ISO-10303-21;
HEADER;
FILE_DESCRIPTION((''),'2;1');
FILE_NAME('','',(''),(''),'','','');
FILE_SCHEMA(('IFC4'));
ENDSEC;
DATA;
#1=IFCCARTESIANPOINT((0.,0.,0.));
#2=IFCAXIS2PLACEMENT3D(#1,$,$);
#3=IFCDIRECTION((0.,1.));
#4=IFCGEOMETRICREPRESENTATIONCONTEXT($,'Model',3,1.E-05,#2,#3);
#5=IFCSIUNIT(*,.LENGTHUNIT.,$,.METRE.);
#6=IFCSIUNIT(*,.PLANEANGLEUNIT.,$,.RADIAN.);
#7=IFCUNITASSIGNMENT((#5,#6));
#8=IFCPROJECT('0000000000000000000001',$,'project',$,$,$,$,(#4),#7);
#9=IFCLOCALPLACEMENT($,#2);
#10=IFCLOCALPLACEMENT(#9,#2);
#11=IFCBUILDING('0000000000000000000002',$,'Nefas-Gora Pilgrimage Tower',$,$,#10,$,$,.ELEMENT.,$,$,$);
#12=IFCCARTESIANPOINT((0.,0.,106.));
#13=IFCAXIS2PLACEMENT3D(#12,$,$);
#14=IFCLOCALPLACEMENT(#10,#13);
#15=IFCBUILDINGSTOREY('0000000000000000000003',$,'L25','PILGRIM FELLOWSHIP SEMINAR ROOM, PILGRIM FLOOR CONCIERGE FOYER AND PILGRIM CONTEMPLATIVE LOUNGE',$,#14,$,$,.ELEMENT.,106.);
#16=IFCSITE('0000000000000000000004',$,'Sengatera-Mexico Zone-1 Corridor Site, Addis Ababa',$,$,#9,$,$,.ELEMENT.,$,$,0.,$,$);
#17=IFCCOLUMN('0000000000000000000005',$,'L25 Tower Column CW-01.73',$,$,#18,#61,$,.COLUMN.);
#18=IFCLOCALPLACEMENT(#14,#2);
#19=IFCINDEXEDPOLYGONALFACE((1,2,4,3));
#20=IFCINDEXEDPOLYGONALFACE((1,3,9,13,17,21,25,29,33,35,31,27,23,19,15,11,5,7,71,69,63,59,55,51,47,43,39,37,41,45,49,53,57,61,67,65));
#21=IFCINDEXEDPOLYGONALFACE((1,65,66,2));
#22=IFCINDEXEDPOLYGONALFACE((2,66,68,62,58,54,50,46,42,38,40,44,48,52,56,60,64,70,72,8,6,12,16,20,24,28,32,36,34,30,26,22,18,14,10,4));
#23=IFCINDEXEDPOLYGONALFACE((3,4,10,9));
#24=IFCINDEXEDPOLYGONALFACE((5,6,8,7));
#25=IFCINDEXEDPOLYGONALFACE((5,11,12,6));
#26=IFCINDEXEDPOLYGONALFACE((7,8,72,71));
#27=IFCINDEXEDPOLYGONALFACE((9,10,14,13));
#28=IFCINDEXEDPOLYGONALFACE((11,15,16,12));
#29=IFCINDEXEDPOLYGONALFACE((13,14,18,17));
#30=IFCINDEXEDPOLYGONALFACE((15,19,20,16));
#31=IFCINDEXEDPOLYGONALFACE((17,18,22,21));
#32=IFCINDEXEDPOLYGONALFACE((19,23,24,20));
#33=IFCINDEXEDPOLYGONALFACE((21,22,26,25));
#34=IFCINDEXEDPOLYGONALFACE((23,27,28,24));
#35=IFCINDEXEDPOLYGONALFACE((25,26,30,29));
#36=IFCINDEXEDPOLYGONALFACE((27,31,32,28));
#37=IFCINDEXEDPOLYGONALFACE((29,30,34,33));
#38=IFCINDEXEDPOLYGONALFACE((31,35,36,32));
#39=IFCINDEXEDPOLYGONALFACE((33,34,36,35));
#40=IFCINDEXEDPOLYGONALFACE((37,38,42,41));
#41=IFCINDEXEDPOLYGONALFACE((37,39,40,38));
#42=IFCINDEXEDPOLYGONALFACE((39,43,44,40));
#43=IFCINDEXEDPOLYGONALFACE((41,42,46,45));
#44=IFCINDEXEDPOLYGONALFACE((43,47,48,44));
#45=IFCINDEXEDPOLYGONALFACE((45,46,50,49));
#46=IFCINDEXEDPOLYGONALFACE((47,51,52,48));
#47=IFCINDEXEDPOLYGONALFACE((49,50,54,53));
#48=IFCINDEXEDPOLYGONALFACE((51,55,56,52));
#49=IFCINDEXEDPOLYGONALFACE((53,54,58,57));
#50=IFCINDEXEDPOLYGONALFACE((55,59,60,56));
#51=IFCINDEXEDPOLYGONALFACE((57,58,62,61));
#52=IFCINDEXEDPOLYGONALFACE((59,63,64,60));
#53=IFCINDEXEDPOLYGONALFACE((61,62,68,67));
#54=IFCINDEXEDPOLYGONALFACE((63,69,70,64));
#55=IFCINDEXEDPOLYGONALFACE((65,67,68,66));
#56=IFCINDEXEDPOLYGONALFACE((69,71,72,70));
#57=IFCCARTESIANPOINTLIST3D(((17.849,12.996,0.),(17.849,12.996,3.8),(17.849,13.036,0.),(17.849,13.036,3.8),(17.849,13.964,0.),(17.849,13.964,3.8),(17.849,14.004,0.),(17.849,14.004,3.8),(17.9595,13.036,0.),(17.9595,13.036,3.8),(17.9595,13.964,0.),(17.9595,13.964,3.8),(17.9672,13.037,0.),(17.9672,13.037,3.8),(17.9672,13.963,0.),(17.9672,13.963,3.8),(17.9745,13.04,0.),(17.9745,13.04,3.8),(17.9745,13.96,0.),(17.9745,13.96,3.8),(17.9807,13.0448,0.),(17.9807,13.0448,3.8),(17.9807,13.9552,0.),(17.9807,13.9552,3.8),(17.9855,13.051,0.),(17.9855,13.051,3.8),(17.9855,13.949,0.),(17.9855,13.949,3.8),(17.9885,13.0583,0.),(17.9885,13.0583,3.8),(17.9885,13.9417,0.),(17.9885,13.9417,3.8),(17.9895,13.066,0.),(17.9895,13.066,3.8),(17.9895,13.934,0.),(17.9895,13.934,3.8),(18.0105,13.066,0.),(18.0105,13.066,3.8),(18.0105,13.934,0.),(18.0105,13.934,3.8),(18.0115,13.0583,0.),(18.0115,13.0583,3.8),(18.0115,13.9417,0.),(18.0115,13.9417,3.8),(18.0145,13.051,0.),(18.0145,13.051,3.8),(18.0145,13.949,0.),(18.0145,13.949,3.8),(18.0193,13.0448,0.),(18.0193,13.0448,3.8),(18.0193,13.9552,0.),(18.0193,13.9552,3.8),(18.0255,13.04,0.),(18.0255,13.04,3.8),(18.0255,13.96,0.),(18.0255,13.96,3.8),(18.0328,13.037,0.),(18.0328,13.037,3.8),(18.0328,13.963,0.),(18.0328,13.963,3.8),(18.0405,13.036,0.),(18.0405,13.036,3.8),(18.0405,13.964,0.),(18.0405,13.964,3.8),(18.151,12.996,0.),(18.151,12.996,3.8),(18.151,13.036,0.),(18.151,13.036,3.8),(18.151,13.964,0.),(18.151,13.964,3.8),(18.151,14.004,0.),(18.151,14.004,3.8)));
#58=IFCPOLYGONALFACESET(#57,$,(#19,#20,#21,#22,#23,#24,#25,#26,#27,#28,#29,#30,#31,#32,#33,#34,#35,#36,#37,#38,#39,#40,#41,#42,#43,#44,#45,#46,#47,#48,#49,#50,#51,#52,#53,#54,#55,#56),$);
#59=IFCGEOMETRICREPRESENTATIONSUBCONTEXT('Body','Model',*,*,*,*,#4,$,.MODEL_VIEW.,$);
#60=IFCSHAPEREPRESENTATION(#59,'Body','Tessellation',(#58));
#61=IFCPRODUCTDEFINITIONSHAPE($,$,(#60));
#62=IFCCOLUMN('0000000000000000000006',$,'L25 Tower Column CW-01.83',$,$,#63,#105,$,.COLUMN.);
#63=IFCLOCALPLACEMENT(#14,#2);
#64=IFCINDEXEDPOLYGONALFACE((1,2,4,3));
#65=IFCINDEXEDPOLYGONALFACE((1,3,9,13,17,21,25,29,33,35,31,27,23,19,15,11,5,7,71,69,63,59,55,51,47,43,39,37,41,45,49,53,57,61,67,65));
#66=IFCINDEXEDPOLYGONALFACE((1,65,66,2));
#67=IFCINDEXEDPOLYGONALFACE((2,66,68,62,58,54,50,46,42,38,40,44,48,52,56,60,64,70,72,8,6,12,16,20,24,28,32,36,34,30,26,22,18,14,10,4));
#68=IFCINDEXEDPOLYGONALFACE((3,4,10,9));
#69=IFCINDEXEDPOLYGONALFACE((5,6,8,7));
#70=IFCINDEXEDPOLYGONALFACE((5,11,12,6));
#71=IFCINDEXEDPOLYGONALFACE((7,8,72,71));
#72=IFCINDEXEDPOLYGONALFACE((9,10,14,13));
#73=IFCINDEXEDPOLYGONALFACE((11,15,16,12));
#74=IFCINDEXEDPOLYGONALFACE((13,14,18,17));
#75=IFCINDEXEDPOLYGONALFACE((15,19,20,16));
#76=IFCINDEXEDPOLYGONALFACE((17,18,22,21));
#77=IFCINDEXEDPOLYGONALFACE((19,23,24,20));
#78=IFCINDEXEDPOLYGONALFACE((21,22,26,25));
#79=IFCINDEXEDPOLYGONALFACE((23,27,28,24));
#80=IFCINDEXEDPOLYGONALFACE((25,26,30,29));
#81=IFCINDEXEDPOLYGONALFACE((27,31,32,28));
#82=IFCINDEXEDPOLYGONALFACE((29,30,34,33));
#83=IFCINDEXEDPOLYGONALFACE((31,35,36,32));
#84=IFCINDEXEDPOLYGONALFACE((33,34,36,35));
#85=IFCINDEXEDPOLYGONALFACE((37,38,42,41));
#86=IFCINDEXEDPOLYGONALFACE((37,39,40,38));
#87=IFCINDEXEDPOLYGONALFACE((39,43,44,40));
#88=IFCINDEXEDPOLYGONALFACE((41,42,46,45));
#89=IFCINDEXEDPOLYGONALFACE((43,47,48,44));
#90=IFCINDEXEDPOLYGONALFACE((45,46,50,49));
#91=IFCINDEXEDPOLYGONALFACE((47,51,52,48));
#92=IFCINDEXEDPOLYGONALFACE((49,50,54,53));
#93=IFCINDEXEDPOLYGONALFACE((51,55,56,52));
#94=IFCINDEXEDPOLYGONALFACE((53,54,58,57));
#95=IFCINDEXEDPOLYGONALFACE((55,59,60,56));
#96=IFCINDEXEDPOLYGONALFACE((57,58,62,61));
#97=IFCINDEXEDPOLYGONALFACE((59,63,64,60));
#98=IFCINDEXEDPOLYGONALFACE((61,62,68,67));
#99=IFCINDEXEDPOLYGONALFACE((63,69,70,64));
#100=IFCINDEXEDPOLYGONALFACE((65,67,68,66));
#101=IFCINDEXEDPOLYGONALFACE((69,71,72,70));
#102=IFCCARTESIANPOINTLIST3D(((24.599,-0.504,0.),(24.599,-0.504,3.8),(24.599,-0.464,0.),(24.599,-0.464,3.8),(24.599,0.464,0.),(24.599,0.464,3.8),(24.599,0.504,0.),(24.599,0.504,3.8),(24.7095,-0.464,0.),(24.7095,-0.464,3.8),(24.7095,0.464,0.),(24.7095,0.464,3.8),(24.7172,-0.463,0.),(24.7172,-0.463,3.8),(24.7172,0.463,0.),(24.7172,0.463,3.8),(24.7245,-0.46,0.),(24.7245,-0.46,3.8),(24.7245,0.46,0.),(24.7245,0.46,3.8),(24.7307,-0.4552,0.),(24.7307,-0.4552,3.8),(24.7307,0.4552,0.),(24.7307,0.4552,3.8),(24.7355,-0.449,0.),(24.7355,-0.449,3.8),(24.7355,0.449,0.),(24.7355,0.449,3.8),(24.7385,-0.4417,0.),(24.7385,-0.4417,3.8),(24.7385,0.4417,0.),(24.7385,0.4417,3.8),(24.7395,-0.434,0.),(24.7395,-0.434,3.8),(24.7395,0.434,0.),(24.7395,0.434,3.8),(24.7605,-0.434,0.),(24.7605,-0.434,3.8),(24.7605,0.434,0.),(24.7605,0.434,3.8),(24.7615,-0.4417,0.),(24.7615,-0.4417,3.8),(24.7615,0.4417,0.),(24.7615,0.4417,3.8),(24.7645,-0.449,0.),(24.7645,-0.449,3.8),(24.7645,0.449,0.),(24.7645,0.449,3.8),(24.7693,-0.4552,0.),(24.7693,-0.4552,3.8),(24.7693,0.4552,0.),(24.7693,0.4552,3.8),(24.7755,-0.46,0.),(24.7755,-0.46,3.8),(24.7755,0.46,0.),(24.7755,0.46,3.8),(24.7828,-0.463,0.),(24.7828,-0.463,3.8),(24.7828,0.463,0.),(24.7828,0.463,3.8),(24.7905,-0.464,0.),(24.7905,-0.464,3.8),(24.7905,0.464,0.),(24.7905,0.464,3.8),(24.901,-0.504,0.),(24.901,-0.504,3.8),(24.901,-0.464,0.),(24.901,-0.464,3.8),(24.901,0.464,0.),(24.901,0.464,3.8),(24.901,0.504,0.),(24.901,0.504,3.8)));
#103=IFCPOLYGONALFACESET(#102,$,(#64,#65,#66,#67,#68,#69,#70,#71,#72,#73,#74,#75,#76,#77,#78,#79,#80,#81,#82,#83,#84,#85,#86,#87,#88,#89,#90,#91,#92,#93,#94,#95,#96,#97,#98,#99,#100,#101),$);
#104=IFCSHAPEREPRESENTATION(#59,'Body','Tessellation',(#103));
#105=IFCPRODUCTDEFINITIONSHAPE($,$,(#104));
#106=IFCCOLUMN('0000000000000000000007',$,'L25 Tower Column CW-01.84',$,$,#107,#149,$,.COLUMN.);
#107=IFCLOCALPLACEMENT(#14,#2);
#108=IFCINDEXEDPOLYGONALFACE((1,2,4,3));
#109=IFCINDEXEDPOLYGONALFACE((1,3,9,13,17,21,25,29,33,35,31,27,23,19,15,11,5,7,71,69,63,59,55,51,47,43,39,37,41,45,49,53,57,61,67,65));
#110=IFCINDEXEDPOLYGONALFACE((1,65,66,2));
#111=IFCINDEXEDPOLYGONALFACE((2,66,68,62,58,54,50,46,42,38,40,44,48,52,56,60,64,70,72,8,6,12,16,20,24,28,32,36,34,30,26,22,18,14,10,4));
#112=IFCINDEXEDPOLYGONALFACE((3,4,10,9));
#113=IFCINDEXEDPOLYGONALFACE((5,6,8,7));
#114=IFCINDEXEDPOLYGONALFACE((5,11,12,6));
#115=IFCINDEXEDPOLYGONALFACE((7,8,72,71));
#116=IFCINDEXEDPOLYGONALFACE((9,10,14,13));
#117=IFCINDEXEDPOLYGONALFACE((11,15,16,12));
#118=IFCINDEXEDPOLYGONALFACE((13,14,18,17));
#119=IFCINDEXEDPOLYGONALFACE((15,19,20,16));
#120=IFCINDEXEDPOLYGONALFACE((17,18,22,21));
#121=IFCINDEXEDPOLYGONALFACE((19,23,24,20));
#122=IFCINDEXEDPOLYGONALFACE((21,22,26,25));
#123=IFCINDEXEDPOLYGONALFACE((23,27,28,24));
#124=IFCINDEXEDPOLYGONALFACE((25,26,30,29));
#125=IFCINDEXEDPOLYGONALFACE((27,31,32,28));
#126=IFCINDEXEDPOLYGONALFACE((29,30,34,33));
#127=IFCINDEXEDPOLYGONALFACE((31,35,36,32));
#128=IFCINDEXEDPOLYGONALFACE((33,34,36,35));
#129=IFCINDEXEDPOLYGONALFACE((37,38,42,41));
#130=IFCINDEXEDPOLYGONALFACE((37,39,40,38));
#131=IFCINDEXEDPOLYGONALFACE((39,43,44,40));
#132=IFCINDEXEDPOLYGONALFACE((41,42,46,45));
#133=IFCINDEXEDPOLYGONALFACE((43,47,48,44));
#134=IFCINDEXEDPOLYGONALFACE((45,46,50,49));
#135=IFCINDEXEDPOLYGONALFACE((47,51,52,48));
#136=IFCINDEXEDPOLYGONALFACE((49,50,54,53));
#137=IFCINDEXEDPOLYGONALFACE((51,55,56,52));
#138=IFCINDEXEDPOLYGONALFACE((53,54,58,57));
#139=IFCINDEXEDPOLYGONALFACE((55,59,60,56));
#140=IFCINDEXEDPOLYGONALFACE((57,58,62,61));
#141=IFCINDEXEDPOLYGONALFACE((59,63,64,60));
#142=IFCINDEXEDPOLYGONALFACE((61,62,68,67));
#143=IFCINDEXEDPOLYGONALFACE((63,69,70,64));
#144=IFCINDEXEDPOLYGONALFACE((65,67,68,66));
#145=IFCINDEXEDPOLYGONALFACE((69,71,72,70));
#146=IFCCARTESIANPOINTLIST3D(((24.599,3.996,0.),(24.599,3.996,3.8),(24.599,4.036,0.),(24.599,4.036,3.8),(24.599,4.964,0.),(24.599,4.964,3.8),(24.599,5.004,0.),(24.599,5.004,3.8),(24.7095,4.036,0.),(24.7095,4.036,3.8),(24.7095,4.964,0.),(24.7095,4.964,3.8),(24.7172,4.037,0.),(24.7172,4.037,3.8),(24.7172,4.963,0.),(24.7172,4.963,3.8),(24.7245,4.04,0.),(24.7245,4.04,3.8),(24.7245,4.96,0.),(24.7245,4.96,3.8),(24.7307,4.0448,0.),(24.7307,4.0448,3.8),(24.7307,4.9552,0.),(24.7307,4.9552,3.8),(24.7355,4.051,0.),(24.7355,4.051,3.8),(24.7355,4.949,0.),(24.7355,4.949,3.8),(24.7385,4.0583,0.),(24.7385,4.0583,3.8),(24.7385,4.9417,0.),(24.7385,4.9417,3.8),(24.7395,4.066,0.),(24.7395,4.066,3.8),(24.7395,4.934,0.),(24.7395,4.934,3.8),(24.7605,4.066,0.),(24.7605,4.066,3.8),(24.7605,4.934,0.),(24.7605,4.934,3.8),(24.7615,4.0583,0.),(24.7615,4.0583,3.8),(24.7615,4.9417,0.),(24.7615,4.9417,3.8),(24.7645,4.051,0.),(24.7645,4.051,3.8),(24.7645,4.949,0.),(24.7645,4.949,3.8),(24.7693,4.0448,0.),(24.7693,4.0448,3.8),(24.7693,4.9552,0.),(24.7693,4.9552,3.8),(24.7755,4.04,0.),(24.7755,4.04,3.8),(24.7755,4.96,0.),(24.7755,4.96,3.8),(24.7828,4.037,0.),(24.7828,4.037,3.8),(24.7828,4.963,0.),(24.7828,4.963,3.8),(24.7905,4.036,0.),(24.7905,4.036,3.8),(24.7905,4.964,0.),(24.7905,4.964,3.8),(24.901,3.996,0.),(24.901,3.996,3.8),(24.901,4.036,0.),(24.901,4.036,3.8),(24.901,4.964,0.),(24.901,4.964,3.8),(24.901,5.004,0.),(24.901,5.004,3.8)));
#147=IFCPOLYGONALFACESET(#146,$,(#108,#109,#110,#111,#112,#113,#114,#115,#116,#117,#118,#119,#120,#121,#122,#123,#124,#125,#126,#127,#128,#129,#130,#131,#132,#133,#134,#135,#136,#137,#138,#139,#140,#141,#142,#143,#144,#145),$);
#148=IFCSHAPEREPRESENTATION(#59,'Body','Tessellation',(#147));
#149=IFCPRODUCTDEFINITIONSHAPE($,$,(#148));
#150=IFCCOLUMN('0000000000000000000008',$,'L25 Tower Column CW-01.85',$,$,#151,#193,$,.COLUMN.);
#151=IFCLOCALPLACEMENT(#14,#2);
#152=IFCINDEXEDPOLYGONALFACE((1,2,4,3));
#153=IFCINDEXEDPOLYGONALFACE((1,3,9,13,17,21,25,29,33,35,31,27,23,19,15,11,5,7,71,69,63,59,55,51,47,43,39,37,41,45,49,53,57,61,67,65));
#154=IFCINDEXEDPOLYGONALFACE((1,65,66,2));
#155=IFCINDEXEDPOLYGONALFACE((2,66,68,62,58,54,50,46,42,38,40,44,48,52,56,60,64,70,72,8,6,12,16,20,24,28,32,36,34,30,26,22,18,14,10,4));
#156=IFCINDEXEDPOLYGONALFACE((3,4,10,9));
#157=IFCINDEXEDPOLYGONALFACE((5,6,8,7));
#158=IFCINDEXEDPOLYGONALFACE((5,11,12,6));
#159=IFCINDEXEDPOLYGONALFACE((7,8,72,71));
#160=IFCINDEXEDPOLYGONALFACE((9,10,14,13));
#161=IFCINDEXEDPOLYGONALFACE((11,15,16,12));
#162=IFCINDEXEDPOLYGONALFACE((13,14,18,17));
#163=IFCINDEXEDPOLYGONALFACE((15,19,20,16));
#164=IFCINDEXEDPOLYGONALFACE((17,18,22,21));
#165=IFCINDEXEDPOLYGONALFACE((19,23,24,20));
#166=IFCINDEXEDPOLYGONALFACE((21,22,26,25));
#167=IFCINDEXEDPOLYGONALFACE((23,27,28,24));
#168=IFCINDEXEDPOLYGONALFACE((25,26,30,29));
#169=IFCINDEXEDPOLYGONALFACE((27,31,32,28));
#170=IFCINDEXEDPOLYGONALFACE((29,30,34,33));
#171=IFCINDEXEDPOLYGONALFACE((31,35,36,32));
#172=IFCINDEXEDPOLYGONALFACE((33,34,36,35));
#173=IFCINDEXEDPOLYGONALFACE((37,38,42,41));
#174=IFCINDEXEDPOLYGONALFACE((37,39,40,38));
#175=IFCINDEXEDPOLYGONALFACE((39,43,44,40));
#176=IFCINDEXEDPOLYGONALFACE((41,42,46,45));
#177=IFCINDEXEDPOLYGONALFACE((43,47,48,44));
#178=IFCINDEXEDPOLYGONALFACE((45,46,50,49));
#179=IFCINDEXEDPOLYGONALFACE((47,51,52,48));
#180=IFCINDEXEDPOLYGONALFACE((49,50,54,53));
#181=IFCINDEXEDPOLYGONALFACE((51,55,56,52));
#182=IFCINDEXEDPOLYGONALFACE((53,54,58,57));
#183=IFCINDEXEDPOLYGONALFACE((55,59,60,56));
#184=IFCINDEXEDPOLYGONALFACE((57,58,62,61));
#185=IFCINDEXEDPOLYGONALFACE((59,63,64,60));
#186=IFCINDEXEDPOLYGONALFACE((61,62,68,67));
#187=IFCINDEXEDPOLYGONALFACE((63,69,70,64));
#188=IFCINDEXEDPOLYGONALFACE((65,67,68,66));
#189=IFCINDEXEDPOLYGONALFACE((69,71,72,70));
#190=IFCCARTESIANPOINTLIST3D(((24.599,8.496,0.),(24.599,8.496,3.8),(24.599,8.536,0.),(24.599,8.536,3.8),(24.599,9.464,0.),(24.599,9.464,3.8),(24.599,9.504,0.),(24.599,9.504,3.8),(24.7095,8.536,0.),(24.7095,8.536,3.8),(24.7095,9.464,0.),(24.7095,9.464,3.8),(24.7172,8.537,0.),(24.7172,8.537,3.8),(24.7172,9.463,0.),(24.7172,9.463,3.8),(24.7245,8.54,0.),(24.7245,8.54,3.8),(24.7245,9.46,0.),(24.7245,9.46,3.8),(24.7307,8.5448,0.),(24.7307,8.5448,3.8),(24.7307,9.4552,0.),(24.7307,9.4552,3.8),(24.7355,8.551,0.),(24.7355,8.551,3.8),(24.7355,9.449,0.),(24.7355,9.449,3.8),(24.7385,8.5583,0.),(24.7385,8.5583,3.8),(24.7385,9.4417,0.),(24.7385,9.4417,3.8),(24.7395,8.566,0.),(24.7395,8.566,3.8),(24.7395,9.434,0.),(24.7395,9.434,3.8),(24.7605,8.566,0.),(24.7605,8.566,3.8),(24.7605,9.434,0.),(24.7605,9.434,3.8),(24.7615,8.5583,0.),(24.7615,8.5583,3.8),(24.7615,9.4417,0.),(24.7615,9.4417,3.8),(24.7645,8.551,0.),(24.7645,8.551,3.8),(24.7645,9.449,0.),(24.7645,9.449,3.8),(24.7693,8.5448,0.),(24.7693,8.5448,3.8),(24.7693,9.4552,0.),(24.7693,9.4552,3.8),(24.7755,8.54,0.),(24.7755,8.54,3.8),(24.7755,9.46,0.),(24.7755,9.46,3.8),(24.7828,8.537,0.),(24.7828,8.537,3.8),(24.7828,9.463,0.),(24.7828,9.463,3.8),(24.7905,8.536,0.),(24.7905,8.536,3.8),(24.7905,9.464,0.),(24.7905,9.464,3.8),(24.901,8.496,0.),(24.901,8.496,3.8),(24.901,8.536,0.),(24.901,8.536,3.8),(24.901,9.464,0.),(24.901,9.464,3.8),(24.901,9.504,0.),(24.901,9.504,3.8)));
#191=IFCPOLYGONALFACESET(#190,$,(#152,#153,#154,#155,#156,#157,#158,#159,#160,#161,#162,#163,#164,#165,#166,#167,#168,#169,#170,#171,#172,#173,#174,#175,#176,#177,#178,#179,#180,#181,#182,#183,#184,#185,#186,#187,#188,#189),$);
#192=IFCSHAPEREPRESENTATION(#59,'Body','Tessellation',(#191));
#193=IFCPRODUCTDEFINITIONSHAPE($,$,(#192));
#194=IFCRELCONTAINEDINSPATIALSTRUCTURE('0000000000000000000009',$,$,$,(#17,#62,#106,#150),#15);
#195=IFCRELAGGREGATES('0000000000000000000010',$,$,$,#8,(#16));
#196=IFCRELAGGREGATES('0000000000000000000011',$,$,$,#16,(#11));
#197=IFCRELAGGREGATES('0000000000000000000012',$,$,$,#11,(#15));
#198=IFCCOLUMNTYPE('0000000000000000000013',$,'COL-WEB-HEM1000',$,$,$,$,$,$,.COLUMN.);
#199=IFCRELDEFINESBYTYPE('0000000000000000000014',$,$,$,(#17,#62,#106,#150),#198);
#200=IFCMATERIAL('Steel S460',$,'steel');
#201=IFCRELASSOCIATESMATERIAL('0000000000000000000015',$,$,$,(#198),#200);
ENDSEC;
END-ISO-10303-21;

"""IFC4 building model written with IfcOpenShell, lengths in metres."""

from ifc_helpers import new_model, si_unit, direction, frame, origin, origin_2d, place, context, subcontext, project, spatial, i_section, extrude, source, transform, mapped, material, material_profile, profile_set, type_object, element, save


model = new_model("IFC4")

# Units and contexts
model_context = context("Model", 3, precision=1e-05, world=origin(), true_north=direction((0.0, 1.0)))
body_context = subcontext(model_context, "Body", "Model", "MODEL_VIEW")
ifc_project = project(units=[si_unit("LENGTHUNIT", "METRE"), si_unit("PLANEANGLEUNIT", "RADIAN")], contexts=[model_context])

# Site, building, storey
site_placement = place(None, origin())
site = spatial("IfcSite", under=ifc_project, at=site_placement, Name="Sengatera-Mexico Zone-1 Corridor Site, Addis Ababa", CompositionType="ELEMENT", RefElevation=0.0)
building_placement = place(site_placement, origin())
building = spatial("IfcBuilding", under=site, at=building_placement, Name="Nefas-Gora Pilgrimage Tower", CompositionType="ELEMENT")
storey_placement = place(building_placement, frame((0.0, 0.0, 106.0)))
storey = spatial("IfcBuildingStorey", under=building, at=storey_placement, Name="L25", Description="PILGRIM FELLOWSHIP SEMINAR ROOM, PILGRIM FLOOR CONCIERGE FOYER AND PILGRIM CONTEMPLATIVE LOUNGE", CompositionType="ELEMENT", Elevation=106.0)

# Columns
ifc_material_1 = material(Name="Steel S460", Category="steel")
ifc_material_profile_1 = material_profile(ifc_material_1, i_section(OverallWidth=0.302, OverallDepth=1.0081, WebThickness=0.021, FlangeThickness=0.04, FilletRadius=0.03, at=origin_2d()), Name="HEM 1000")
ifc_profile_set_1 = profile_set([ifc_material_profile_1], Name="Steel S460")
column_type_1 = type_object("IfcColumnType", Name="COL-WEB-HEM1000", PredefinedType="COLUMN", material=ifc_profile_set_1)
shared_shape_1 = source(origin(), body_context, "Body", "SweptSolid", [
    extrude(i_section(OverallWidth=0.302, OverallDepth=1.0081, WebThickness=0.021, FlangeThickness=0.04, FilletRadius=0.03, at=origin_2d()), origin(), (0.0, 0.0, 1.0), 3.8),
])
for number, where, z_axis, x_axis, name in (
    (1, (18.0, 13.5, 0.0), (0.0, 0.0, 1.0), (1.0, 0.0, 0.0), "L25 Tower Column CW-01.73"),
    (2, (24.75, 0.0, 0.0), (0.0, 0.0, 1.0), (1.0, 0.0, 0.0), "L25 Tower Column CW-01.83"),
    (3, (24.75, 4.5, 0.0), (0.0, 0.0, 1.0), (1.0, 0.0, 0.0), "L25 Tower Column CW-01.84"),
    (4, (24.75, 9.0, 0.0), (0.0, 0.0, 1.0), (1.0, 0.0, 0.0), "L25 Tower Column CW-01.85"),
):
    element("IfcColumn", number, at=place(storey_placement, frame(where, z_axis=z_axis, x_axis=x_axis)), inside=storey, type_object=column_type_1, Name=name, PredefinedType="COLUMN", context=body_context, shape_type="MappedRepresentation", body=[
        mapped(shared_shape_1, transform((0.0, 0.0, 0.0), x_axis=(1.0, 0.0, 0.0), y_axis=(0.0, 1.0, 0.0), z_axis=(0.0, 0.0, 1.0), scale=1.0)),
    ])

save(model, "model.ifc")
